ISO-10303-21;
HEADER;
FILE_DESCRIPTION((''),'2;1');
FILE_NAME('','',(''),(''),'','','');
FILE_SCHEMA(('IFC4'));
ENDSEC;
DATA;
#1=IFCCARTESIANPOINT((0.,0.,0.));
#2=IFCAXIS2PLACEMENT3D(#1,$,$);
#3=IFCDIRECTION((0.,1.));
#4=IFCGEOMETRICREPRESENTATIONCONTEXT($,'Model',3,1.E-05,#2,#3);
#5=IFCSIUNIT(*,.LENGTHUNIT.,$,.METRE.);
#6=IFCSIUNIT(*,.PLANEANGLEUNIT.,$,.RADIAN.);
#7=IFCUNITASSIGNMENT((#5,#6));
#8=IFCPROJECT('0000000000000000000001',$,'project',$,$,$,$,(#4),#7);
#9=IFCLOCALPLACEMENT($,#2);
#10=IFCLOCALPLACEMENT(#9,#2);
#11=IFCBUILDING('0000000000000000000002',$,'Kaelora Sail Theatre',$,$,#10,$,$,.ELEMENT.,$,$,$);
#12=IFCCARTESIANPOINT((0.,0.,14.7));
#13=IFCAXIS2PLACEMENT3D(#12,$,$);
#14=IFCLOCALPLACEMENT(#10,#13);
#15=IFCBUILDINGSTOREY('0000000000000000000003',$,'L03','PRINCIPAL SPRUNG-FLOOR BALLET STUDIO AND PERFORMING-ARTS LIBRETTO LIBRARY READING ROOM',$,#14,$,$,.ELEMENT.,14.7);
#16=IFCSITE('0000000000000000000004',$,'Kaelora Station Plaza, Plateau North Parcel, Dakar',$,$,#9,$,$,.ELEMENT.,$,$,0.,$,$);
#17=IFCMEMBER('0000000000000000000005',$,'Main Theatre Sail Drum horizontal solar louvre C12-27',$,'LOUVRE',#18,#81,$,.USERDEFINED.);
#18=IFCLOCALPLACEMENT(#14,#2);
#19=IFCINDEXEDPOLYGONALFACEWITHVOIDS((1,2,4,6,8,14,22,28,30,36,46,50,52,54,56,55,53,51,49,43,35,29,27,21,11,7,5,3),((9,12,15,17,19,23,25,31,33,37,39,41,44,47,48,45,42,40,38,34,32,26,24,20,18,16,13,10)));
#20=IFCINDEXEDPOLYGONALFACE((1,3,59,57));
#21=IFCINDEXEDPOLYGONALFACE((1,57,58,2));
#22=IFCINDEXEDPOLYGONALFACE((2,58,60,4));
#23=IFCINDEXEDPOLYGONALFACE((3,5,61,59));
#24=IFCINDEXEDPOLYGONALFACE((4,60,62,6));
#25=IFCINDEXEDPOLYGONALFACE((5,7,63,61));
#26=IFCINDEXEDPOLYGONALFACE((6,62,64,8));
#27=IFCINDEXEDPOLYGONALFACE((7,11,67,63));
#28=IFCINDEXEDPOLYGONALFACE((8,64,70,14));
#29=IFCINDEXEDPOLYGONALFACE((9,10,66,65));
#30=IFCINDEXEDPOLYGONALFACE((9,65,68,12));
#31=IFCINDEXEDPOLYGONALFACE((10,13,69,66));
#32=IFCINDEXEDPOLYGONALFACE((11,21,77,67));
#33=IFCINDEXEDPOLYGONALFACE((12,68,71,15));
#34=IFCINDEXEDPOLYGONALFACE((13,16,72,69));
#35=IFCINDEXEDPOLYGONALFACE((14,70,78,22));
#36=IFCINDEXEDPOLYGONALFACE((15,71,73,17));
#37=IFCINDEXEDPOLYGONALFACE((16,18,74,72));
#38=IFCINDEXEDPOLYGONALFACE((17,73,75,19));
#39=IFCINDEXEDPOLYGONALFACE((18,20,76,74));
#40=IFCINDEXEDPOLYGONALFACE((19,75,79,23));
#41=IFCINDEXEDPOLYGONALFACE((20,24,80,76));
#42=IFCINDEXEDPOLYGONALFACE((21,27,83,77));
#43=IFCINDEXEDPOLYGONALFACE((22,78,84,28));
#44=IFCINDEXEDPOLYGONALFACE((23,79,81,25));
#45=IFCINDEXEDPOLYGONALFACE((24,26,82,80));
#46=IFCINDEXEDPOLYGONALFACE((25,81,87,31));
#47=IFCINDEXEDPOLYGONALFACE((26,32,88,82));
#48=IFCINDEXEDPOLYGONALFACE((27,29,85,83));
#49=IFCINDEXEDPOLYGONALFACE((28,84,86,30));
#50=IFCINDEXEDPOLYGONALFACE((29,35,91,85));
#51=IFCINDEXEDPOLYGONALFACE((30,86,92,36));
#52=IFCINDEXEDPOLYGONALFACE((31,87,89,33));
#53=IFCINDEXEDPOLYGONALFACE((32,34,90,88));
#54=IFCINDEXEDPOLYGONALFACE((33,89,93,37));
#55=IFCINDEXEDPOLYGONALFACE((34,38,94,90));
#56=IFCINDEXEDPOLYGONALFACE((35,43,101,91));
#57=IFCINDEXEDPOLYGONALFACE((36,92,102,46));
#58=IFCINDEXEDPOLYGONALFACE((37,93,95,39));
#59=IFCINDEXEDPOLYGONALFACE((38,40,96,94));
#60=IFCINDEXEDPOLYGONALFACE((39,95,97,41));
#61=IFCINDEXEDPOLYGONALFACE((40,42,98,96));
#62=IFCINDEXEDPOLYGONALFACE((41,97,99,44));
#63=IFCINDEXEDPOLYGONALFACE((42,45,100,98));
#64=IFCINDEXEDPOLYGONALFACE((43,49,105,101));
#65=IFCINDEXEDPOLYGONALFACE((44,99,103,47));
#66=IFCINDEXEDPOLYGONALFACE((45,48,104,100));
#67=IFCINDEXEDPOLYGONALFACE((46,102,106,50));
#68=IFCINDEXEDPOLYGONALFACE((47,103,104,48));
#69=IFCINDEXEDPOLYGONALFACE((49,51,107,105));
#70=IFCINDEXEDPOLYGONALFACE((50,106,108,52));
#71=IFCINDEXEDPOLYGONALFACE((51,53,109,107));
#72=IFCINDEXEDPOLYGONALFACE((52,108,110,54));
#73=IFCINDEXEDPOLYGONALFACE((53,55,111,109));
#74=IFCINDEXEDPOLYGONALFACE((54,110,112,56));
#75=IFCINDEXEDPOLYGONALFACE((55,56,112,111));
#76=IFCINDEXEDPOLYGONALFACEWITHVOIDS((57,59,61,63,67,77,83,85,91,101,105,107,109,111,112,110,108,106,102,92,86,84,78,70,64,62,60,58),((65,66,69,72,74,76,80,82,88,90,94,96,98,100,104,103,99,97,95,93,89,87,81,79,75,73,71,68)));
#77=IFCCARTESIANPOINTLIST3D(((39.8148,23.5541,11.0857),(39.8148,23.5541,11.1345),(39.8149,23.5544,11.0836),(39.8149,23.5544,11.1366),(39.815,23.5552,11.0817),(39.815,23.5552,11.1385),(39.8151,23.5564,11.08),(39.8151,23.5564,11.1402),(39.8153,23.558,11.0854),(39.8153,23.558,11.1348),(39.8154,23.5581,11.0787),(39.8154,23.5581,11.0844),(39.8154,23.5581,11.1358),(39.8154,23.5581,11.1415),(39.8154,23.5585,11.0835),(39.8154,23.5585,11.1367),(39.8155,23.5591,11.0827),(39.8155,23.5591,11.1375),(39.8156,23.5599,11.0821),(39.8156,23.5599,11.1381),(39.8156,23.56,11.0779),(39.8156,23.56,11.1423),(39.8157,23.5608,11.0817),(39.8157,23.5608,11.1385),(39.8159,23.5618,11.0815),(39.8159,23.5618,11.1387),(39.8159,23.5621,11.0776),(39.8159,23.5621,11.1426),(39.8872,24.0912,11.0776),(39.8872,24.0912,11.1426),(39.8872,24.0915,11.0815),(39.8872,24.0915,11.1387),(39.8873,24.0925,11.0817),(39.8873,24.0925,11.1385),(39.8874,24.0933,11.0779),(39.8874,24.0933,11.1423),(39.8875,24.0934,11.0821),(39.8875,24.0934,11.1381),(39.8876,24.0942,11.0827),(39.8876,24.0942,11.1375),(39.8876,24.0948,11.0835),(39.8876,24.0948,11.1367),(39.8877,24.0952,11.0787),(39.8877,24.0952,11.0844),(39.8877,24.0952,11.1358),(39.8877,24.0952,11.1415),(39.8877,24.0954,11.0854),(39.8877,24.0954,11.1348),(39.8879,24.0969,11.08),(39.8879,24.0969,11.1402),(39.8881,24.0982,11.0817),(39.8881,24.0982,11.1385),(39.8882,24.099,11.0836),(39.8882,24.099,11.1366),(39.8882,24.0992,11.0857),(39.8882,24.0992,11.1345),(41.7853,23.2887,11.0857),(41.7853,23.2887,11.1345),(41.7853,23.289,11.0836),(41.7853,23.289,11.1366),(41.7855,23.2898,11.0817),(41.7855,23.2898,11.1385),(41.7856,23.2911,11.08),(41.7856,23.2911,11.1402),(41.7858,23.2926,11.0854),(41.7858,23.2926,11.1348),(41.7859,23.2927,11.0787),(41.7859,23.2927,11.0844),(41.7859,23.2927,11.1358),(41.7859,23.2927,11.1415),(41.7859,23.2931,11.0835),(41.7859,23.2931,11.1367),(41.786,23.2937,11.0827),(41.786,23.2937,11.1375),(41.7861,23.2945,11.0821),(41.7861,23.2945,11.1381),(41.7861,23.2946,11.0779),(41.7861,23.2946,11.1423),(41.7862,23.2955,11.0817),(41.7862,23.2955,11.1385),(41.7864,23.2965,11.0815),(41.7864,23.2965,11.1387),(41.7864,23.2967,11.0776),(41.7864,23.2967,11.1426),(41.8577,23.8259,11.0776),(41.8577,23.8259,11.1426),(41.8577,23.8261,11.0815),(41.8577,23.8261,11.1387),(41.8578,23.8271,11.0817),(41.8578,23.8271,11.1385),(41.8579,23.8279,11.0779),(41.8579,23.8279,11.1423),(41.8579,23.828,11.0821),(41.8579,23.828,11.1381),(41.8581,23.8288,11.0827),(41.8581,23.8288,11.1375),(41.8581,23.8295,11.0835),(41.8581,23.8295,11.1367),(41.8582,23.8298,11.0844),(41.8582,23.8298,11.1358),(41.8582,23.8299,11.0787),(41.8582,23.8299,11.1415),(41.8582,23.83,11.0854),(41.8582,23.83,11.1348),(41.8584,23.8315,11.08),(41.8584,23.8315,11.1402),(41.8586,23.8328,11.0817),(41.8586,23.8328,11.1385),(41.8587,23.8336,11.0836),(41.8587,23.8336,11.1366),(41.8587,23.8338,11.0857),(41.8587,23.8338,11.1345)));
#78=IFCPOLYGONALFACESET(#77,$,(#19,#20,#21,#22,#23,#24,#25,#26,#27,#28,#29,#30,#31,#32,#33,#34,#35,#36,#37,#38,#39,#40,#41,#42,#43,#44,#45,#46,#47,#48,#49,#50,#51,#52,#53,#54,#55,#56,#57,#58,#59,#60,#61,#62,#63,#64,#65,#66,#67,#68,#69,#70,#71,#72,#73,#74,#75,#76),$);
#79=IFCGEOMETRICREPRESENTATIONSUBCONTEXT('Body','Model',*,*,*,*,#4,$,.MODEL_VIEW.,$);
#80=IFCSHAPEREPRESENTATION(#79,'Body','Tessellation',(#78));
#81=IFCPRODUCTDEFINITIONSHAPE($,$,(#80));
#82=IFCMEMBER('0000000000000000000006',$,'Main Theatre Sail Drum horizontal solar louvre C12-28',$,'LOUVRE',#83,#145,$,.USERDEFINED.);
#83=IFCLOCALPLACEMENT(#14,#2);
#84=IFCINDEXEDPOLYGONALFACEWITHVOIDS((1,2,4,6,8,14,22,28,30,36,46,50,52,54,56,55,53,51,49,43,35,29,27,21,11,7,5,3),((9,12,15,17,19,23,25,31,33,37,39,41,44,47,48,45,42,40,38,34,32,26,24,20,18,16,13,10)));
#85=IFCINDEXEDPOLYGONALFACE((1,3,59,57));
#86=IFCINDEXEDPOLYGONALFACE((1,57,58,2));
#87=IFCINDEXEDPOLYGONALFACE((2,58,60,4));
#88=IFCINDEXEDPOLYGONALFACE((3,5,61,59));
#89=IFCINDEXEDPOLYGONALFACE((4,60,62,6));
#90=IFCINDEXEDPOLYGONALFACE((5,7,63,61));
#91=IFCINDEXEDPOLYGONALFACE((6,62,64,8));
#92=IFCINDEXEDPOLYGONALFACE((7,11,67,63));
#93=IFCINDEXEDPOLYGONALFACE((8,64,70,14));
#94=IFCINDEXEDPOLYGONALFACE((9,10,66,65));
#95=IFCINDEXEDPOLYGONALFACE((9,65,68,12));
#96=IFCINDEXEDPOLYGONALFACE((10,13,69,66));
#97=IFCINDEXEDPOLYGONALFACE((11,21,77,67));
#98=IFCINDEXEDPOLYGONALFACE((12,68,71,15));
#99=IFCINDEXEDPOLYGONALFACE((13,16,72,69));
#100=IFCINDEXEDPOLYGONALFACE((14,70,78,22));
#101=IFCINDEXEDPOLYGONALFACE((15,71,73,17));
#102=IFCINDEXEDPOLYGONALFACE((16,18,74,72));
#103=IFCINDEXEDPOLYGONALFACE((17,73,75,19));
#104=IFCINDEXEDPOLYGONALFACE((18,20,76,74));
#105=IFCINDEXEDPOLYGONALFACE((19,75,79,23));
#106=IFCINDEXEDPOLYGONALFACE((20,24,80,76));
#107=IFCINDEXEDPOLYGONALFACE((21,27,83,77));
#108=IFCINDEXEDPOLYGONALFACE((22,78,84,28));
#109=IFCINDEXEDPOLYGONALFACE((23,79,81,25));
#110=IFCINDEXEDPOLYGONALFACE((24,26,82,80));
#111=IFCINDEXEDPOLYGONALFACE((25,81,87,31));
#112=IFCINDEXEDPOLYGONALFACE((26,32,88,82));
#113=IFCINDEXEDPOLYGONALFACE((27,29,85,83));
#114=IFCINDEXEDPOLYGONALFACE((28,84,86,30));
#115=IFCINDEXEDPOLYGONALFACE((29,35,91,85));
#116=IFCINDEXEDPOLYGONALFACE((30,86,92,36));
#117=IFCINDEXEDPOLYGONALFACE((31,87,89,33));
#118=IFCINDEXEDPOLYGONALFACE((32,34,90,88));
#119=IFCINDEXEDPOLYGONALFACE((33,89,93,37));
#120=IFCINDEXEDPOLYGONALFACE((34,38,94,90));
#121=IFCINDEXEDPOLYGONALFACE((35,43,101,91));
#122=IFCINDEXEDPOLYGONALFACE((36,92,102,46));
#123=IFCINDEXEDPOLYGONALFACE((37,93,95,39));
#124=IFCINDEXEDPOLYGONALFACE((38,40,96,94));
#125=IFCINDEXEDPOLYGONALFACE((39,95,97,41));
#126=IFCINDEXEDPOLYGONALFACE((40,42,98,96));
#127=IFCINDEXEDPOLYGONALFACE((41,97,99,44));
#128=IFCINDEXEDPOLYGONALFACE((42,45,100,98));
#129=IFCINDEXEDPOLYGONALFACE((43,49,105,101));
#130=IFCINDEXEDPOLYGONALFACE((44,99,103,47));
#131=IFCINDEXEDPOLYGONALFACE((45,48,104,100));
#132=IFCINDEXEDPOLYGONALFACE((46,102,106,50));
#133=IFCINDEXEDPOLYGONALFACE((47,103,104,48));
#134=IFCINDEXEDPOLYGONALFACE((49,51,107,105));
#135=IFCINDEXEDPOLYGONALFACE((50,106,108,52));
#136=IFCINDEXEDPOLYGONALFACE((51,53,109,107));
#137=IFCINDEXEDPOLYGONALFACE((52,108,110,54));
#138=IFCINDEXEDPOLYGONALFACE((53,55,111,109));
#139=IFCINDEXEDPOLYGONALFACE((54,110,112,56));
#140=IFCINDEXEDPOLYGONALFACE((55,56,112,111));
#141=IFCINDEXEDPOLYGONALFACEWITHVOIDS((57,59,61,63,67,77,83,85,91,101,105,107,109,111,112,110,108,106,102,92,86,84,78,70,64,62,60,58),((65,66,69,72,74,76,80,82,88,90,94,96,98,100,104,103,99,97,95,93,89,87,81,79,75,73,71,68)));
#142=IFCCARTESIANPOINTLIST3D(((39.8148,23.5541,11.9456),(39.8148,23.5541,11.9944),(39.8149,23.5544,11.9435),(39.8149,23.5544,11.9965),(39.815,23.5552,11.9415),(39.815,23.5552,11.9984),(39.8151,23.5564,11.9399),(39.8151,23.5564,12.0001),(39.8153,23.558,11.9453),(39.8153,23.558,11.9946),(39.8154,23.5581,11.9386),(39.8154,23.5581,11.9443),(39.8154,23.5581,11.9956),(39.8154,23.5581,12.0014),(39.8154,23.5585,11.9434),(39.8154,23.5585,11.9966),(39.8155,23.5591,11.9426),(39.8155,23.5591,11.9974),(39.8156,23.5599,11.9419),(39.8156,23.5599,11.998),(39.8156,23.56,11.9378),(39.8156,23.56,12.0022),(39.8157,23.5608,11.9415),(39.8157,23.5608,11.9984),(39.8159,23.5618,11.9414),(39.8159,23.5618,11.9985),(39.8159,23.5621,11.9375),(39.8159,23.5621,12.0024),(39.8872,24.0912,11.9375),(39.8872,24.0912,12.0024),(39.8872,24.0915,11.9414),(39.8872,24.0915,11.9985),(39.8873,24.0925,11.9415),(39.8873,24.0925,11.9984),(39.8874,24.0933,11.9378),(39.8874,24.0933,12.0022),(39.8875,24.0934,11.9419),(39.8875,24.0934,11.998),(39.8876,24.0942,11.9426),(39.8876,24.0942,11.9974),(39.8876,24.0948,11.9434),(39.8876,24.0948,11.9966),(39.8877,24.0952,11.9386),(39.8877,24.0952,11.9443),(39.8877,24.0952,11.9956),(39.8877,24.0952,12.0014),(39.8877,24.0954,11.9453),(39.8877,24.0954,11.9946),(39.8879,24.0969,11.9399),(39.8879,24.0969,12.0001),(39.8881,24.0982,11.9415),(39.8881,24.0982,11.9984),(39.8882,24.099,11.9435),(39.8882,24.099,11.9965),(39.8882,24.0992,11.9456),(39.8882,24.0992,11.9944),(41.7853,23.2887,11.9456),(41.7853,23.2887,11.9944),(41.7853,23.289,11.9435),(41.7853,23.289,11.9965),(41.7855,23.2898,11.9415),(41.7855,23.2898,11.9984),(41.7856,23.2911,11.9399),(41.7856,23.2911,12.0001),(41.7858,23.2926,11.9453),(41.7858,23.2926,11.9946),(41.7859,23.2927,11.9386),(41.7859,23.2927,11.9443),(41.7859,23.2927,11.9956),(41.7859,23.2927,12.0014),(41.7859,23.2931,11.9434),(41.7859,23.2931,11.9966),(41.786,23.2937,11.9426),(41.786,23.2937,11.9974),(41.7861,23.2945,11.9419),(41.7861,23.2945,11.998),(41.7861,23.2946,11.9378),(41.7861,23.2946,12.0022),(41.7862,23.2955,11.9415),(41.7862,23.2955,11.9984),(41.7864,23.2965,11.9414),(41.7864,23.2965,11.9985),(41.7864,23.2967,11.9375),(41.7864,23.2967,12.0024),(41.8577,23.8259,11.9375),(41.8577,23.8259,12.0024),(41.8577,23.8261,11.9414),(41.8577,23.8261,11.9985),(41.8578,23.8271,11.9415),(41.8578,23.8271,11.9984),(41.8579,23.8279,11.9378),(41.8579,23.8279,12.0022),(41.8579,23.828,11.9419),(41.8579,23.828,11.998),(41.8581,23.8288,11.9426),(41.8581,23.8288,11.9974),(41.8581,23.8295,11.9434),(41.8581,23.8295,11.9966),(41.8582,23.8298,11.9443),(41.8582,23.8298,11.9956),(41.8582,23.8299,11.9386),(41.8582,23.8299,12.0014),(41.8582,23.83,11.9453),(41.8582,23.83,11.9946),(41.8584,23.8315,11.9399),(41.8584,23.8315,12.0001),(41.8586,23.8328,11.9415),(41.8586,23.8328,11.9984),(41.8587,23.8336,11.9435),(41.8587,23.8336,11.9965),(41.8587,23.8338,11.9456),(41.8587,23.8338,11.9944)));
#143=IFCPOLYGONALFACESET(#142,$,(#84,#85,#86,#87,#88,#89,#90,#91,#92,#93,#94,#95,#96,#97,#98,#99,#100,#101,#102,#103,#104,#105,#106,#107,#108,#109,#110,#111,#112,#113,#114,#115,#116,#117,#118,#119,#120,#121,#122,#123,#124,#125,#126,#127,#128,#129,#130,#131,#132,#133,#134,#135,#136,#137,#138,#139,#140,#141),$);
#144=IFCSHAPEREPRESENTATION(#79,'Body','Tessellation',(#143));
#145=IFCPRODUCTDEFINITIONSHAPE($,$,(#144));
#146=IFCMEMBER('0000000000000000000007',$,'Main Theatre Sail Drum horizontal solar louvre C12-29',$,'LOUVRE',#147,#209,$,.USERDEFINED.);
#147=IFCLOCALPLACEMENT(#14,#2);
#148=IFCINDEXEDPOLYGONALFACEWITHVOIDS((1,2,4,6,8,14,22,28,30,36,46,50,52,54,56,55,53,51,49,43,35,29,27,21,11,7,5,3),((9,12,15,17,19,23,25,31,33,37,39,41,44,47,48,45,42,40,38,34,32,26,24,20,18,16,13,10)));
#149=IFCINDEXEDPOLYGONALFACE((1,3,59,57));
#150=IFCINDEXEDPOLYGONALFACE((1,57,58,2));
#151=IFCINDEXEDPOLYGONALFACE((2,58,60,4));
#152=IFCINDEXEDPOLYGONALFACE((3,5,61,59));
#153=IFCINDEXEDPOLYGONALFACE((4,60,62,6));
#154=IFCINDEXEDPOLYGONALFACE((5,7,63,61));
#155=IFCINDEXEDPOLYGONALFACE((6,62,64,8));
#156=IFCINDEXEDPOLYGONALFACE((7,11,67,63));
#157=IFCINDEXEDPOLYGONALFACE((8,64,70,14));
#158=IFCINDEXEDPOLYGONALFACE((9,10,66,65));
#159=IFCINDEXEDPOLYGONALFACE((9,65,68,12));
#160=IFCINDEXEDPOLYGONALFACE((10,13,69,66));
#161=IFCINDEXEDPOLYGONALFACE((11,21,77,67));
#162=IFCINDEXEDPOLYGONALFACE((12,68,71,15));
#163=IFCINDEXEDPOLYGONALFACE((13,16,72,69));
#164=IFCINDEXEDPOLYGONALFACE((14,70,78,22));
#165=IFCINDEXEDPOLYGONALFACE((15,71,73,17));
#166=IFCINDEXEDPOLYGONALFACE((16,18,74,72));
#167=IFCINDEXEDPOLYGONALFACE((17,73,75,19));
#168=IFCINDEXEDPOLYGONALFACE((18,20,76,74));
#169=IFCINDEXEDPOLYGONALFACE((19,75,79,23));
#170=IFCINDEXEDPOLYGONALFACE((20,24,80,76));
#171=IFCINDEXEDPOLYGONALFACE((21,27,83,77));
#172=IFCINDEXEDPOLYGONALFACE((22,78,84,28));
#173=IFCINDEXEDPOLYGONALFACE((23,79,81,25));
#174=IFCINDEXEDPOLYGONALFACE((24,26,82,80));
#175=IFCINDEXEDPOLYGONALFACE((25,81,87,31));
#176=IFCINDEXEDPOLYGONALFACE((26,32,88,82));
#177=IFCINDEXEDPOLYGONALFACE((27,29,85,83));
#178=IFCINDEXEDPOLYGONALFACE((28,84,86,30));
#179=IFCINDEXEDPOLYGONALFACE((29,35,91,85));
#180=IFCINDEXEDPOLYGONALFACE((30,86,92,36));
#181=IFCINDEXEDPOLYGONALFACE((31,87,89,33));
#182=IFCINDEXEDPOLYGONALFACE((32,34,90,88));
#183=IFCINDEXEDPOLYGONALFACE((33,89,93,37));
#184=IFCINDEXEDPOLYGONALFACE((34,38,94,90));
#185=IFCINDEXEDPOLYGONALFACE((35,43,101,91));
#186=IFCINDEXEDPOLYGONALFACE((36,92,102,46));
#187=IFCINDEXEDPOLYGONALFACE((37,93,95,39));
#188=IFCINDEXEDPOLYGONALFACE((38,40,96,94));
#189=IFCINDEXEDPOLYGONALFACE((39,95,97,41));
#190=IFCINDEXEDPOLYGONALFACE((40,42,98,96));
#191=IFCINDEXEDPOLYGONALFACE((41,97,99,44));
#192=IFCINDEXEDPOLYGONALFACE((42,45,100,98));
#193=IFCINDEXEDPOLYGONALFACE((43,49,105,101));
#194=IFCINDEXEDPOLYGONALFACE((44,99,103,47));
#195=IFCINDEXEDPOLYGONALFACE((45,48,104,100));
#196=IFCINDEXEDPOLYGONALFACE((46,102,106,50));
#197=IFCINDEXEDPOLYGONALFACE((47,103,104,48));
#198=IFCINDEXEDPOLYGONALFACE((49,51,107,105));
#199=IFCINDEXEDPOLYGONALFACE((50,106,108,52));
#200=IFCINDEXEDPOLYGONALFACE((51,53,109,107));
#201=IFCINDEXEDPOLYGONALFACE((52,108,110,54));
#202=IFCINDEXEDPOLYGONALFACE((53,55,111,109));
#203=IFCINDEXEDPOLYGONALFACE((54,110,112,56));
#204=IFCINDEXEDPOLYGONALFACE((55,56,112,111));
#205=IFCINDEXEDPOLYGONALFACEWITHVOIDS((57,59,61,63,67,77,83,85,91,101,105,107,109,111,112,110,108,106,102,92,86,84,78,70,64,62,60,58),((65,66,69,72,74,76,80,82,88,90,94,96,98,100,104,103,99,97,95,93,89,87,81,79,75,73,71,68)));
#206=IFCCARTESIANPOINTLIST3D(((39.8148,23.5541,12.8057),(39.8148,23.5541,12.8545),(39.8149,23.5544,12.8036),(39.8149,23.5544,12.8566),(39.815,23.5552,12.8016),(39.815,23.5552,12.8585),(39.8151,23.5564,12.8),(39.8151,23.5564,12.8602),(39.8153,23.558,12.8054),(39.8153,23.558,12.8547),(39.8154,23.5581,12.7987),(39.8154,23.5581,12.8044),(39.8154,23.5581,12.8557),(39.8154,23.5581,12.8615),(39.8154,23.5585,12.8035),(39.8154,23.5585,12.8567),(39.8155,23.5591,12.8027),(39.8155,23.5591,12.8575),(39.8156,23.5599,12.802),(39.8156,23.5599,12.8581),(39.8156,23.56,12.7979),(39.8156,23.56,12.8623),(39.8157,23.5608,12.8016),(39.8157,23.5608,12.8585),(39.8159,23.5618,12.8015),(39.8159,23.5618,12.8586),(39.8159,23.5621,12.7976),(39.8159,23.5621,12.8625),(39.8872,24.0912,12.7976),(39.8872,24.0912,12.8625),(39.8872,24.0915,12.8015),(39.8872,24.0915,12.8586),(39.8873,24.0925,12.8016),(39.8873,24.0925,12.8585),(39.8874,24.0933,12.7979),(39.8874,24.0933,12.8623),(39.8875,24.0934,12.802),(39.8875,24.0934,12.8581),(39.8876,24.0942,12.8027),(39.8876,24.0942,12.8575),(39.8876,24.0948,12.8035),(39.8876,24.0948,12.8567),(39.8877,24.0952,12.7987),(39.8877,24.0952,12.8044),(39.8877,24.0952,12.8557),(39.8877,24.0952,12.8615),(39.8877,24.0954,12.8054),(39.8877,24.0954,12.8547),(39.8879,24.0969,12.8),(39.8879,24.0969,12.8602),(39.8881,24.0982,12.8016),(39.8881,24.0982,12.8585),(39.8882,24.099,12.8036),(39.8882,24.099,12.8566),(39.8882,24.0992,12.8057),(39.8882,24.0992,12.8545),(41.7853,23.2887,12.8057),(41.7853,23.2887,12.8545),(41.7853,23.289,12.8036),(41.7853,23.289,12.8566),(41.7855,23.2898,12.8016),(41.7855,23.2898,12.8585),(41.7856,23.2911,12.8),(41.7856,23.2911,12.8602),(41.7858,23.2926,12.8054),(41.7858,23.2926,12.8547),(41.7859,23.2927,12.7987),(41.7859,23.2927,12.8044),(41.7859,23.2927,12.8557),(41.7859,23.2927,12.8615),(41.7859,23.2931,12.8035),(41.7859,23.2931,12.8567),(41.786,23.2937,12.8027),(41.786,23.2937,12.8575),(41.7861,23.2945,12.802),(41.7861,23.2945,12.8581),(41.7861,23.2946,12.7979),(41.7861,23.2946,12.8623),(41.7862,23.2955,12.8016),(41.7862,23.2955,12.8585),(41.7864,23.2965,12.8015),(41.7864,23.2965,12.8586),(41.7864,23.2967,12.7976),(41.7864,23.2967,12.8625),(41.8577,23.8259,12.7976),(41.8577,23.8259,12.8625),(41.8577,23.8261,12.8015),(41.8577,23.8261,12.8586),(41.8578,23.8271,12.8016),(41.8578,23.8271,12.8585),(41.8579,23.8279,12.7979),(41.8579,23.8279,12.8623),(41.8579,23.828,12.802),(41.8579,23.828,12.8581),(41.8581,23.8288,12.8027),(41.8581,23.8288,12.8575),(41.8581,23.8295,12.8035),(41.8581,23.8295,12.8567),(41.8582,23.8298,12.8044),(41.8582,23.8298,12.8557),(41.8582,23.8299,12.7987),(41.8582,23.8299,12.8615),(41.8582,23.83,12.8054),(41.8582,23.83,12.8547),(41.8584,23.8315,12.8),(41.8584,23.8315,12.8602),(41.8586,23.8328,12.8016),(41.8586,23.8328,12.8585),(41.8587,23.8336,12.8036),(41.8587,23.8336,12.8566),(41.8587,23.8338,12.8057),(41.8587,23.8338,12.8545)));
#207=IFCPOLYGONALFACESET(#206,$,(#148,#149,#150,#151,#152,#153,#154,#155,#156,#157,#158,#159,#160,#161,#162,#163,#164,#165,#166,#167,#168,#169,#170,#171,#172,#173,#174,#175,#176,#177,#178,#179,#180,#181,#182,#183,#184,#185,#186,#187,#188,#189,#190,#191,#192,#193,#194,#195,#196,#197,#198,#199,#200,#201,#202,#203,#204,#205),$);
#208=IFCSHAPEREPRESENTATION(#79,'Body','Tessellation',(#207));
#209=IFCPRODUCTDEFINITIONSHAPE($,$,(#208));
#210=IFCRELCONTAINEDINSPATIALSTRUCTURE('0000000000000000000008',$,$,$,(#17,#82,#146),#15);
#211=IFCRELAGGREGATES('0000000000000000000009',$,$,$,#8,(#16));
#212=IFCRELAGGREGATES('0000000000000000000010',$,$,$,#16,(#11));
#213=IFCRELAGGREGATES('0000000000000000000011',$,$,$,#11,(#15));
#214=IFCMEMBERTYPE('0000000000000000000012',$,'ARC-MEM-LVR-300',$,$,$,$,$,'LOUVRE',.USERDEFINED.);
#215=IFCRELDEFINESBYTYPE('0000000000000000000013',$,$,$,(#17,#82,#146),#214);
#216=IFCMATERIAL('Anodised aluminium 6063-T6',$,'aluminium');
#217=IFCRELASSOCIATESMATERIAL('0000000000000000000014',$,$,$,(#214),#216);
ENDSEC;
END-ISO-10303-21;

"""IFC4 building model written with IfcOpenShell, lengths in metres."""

from ifc_helpers import new_model, si_unit, direction, frame, origin, origin_2d, place, context, subcontext, project, spatial, hollow_rectangle, extrude, material, material_profile, profile_set, type_object, element, save


model = new_model("IFC4")

# Units and contexts
model_context = context("Model", 3, precision=1e-05, world=origin(), true_north=direction((0.0, 1.0)))
body_context = subcontext(model_context, "Body", "Model", "MODEL_VIEW")
ifc_project = project(units=[si_unit("LENGTHUNIT", "METRE"), si_unit("PLANEANGLEUNIT", "RADIAN")], contexts=[model_context])

# Site, building, storey
site_placement = place(None, origin())
site = spatial("IfcSite", under=ifc_project, at=site_placement, Name="Kaelora Station Plaza, Plateau North Parcel, Dakar", CompositionType="ELEMENT", RefElevation=0.0)
building_placement = place(site_placement, origin())
building = spatial("IfcBuilding", under=site, at=building_placement, Name="Kaelora Sail Theatre", CompositionType="ELEMENT")
storey_placement = place(building_placement, frame((0.0, 0.0, 14.7)))
storey = spatial("IfcBuildingStorey", under=building, at=storey_placement, Name="L03", Description="PRINCIPAL SPRUNG-FLOOR BALLET STUDIO AND PERFORMING-ARTS LIBRETTO LIBRARY READING ROOM", CompositionType="ELEMENT", Elevation=14.7)

# Members
ifc_material = material(Name="Anodised aluminium 6063-T6", Category="aluminium")
ifc_material_profile = material_profile(ifc_material, hollow_rectangle(XDim=0.55, YDim=0.0649, WallThickness=0.0039, InnerFilletRadius=0.0039, OuterFilletRadius=0.0081, at=origin_2d()), Name="LOUVRE 550x65x4")
ifc_profile_set = profile_set([ifc_material_profile], Name="Anodised aluminium 6063-T6")
member_type = type_object("IfcMemberType", Name="ARC-MEM-LVR-300", ElementType="LOUVRE", PredefinedType="USERDEFINED", material=ifc_profile_set)
for number, where, z_axis, x_axis, name in (
    (1, (41.822, 23.5613, 11.1101), (-0.991052, 0.133475, 0.0), (-0.133475, -0.991052, 0.0), "Main Theatre Sail Drum horizontal solar louvre C12-27"),
    (2, (41.822, 23.5613, 11.97), (-0.991052, 0.133475, 0.0), (-0.133475, -0.991052, 0.0), "Main Theatre Sail Drum horizontal solar louvre C12-28"),
    (3, (41.822, 23.5613, 12.8301), (-0.991052, 0.133475, 0.0), (-0.133475, -0.991052, 0.0), "Main Theatre Sail Drum horizontal solar louvre C12-29"),
):
    element("IfcMember", number, at=place(storey_placement, frame(where, z_axis=z_axis, x_axis=x_axis)), inside=storey, type_object=member_type, Name=name, ObjectType="LOUVRE", PredefinedType="USERDEFINED", context=body_context, shape_type="SweptSolid", body=[
        extrude(hollow_rectangle(XDim=0.55, YDim=0.0649, WallThickness=0.0039, InnerFilletRadius=0.0039, OuterFilletRadius=0.0081, at=origin_2d()), origin(), (0.0, 0.0, 1.0), 1.9883),
    ])

save(model, "model.ifc")
